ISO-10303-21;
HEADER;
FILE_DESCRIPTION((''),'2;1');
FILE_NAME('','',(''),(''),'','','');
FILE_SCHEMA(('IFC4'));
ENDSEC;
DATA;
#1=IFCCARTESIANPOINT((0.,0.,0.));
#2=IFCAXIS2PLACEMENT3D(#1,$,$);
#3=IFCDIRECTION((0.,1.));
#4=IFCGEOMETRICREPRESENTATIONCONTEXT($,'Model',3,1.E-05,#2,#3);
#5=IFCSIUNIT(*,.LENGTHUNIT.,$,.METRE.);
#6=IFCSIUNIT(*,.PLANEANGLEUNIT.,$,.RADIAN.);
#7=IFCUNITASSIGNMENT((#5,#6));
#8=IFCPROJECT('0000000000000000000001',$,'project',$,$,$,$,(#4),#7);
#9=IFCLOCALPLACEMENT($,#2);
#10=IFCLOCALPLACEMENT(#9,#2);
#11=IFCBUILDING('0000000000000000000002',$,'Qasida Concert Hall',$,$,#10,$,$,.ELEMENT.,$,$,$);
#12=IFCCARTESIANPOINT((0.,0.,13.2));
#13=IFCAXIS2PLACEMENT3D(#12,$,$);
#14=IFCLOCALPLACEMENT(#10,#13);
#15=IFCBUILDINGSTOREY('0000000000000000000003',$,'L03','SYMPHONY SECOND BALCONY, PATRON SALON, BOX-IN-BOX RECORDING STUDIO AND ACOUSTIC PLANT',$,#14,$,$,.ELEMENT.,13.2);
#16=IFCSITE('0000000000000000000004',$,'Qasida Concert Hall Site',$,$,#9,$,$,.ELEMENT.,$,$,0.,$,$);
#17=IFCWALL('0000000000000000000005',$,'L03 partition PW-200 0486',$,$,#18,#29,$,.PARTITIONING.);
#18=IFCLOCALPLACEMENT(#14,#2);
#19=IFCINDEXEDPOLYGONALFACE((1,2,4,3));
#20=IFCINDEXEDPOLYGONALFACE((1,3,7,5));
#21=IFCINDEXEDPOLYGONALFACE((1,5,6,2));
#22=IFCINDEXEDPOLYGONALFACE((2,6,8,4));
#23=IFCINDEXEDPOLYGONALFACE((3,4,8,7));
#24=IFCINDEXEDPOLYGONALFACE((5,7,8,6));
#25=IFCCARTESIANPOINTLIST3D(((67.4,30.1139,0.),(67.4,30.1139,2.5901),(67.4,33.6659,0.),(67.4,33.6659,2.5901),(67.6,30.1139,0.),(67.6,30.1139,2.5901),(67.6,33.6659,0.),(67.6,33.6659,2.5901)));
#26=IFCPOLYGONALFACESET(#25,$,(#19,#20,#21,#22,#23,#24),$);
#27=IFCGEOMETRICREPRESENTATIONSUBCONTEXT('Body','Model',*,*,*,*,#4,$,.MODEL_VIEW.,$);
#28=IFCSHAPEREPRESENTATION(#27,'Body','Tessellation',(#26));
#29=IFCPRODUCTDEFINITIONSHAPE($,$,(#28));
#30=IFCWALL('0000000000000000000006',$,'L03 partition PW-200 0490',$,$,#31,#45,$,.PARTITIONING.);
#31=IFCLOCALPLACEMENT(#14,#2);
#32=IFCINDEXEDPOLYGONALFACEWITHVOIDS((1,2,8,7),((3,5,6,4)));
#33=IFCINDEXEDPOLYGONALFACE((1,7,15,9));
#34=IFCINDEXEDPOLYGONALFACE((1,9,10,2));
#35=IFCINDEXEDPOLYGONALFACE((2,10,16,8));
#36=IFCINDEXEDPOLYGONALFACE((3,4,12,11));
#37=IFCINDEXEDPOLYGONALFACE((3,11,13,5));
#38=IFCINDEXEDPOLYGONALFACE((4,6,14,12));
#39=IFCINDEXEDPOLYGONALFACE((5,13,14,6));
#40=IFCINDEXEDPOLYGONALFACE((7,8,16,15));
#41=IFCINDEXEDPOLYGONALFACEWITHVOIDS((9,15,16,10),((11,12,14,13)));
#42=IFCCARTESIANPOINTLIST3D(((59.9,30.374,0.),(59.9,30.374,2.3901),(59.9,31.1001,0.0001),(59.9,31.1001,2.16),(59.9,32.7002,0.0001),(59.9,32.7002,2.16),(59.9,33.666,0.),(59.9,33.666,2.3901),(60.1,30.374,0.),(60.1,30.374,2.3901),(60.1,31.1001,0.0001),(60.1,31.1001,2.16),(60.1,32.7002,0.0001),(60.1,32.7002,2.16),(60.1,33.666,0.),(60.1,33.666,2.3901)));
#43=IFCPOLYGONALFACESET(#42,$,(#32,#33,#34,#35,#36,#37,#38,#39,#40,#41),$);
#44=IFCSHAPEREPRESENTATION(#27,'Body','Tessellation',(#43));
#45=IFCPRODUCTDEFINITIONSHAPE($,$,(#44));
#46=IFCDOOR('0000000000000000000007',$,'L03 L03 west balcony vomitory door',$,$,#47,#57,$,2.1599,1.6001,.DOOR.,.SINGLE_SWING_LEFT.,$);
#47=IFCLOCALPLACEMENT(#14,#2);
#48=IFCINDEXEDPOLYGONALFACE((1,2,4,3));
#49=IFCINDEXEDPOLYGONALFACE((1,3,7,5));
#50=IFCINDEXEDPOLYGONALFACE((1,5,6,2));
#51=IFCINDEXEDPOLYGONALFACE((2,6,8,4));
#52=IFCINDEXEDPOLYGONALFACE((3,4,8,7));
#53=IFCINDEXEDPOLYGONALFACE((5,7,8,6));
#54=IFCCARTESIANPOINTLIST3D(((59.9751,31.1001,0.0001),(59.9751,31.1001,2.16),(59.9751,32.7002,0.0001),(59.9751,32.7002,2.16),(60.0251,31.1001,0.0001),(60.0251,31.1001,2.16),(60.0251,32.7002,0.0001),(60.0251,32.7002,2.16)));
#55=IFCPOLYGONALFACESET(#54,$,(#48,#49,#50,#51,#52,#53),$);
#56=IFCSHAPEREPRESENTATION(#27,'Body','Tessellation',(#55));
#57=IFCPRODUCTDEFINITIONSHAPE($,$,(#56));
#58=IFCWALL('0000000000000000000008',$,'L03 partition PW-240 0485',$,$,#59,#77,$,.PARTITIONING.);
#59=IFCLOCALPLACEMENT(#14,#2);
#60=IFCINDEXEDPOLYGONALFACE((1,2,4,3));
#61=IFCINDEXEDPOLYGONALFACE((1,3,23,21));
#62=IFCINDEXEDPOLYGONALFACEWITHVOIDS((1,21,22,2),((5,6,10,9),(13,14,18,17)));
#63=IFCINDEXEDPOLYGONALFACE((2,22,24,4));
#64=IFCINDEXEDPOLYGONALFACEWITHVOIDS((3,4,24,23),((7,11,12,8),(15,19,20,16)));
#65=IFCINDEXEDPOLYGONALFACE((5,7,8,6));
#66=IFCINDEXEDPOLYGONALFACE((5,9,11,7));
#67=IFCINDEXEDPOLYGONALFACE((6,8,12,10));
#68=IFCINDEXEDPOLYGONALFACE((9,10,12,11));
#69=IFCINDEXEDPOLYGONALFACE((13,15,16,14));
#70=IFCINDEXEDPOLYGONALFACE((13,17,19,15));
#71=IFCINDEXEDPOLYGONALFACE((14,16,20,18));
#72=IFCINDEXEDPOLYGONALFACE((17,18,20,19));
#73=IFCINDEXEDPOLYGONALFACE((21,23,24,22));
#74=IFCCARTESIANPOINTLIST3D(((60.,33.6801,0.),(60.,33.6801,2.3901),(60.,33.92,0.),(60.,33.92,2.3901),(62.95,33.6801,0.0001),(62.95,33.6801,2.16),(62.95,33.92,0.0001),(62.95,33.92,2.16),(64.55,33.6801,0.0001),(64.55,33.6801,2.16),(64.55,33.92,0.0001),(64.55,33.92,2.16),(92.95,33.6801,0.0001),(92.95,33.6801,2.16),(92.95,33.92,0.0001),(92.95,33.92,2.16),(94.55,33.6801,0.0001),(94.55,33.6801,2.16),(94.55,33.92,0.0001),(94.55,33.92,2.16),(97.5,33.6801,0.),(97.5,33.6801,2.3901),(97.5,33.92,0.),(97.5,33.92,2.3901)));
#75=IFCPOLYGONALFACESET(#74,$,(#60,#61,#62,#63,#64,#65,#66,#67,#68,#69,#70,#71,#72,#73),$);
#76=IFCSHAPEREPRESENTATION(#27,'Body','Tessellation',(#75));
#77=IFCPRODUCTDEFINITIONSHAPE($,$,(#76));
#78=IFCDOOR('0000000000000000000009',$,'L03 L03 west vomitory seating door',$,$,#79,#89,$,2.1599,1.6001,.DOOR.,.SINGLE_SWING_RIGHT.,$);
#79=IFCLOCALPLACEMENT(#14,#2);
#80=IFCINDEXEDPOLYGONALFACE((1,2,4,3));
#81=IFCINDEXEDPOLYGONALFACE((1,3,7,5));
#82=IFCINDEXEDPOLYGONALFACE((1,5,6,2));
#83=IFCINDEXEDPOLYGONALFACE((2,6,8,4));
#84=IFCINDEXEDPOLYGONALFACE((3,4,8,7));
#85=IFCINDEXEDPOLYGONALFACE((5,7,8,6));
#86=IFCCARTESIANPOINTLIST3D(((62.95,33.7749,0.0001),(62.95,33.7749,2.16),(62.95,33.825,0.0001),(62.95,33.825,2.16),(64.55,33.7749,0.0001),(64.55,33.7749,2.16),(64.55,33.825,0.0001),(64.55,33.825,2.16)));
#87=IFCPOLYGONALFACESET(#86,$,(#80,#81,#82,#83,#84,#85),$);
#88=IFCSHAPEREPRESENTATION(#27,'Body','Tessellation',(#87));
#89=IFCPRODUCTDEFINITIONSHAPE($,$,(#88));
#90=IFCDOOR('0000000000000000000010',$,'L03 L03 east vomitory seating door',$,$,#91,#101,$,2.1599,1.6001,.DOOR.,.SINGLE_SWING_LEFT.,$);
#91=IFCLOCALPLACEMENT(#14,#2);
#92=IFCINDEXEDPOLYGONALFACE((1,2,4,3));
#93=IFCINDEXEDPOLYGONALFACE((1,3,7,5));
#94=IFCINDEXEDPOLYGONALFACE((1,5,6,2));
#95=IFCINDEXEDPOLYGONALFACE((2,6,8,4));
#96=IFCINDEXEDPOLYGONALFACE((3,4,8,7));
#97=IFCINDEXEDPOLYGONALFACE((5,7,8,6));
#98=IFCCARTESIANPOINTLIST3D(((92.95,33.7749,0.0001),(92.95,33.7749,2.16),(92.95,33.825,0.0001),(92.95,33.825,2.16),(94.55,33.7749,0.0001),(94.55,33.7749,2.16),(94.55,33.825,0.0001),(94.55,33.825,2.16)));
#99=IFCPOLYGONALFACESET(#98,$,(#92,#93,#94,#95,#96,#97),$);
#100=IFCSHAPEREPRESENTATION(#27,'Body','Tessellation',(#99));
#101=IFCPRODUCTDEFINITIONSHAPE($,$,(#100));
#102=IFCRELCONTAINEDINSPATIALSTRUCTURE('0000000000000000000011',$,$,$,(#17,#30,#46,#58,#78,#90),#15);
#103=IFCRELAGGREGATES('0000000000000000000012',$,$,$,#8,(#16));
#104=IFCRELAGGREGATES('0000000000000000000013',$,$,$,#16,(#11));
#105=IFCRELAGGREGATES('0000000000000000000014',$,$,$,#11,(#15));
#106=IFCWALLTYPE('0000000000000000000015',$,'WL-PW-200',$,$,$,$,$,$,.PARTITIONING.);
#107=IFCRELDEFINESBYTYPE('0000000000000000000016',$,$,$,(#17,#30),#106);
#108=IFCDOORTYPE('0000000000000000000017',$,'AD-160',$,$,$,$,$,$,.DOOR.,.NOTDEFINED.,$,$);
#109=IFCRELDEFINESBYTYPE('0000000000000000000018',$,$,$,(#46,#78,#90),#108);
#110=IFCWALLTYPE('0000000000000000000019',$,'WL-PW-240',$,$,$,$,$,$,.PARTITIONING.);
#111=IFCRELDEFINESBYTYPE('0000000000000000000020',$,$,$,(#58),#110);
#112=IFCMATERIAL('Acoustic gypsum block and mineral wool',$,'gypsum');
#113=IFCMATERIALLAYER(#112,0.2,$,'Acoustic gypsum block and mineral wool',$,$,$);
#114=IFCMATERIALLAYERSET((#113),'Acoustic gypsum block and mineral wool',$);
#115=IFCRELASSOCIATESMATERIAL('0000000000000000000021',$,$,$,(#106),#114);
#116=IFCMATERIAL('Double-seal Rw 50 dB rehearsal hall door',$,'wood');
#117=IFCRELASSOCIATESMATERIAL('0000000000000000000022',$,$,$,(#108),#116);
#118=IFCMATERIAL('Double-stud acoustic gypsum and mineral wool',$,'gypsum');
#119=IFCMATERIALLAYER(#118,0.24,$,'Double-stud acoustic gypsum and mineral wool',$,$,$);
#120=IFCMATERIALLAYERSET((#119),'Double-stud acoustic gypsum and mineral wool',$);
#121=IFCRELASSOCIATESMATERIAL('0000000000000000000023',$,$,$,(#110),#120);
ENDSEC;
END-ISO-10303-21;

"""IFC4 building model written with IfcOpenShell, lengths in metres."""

from ifc_helpers import new_model, si_unit, direction, frame, frame_2d, origin, place, context, subcontext, project, spatial, rectangle, extrude, material, layer, layer_set, type_object, element, fill, save


model = new_model("IFC4")

# Units and contexts
model_context = context("Model", 3, precision=1e-05, world=origin(), true_north=direction((0.0, 1.0)))
body_context = subcontext(model_context, "Body", "Model", "MODEL_VIEW")
ifc_project = project(units=[si_unit("LENGTHUNIT", "METRE"), si_unit("PLANEANGLEUNIT", "RADIAN")], contexts=[model_context])

# Site, building, storey
site_placement = place(None, origin())
site = spatial("IfcSite", under=ifc_project, at=site_placement, Name="Qasida Concert Hall Site", CompositionType="ELEMENT", RefElevation=0.0)
building_placement = place(site_placement, origin())
building = spatial("IfcBuilding", under=site, at=building_placement, Name="Qasida Concert Hall", CompositionType="ELEMENT")
storey_placement = place(building_placement, frame((0.0, 0.0, 13.2)))
storey = spatial("IfcBuildingStorey", under=building, at=storey_placement, Name="L03", Description="SYMPHONY SECOND BALCONY, PATRON SALON, BOX-IN-BOX RECORDING STUDIO AND ACOUSTIC PLANT", CompositionType="ELEMENT", Elevation=13.2)

# Shared definitions
ifc_material_1 = material(Name="Acoustic gypsum block and mineral wool", Category="gypsum")
ifc_layer_1 = layer(ifc_material_1, 0.2, Name="Acoustic gypsum block and mineral wool")
ifc_layer_set_1 = layer_set([ifc_layer_1], Name="Acoustic gypsum block and mineral wool")
wall_type_1 = type_object("IfcWallType", Name="WL-PW-200", PredefinedType="PARTITIONING", material=ifc_layer_set_1)

# Wall
wall_1_placement = place(storey_placement, frame((67.5, 30.114, 0.0), z_axis=(0.0, 0.0, 1.0), x_axis=(0.0, 1.0, 0.0)))
element("IfcWall", 1, at=wall_1_placement, inside=storey, type_object=wall_type_1, Name="L03 partition PW-200 0486", PredefinedType="PARTITIONING", context=body_context, shape_type="SweptSolid", body=[
    extrude(rectangle(XDim=3.552, YDim=0.2, at=frame_2d((1.7759, 0.0))), origin(), (0.0, 0.0, 1.0), 2.5901),
])

# Wall, opening, door
wall_2_placement = place(storey_placement, frame((60.0, 30.374, 0.0), z_axis=(0.0, 0.0, 1.0), x_axis=(0.0, 1.0, 0.0)))
wall_2 = element("IfcWall", 2, at=wall_2_placement, inside=storey, type_object=wall_type_1, Name="L03 partition PW-200 0490", PredefinedType="PARTITIONING", context=body_context, shape_type="SweptSolid", body=[
    extrude(rectangle(XDim=3.292, YDim=0.2, at=frame_2d((1.646, 0.0))), origin(), (0.0, 0.0, 1.0), 2.3901),
])
opening_1_placement = place(wall_2_placement, frame((0.7261, 0.0, 0.0)))
opening_1 = element("IfcOpeningElement", 3, at=opening_1_placement, cuts=wall_2, PredefinedType="OPENING", context=body_context, shape_type="SweptSolid", body=[
    extrude(rectangle(XDim=1.6001, YDim=2.1599, at=frame_2d((0.8, 1.0801))), frame((0.0, 0.1099, 0.0), z_axis=(0.0, -1.0, 0.0), x_axis=(1.0, 0.0, 0.0)), (0.0, 0.0, 1.0), 0.22),
])
ifc_material_2 = material(Name="Double-seal Rw 50 dB rehearsal hall door", Category="wood")
door_type_1 = type_object("IfcDoorType", Name="AD-160", OperationType="NOTDEFINED", PredefinedType="DOOR", material=ifc_material_2)
door_1_placement = place(opening_1_placement, origin())
door_1 = element("IfcDoor", 4, at=door_1_placement, inside=storey, type_object=door_type_1, Name="L03 L03 west balcony vomitory door", OperationType="SINGLE_SWING_LEFT", OverallHeight=2.1599, OverallWidth=1.6001, PredefinedType="DOOR", context=body_context, shape_type="SweptSolid", body=[
    extrude(rectangle(XDim=1.6001, YDim=2.1599, at=frame_2d((0.8, 1.0801))), frame((0.0, 0.0249, 0.0), z_axis=(0.0, -1.0, 0.0), x_axis=(1.0, 0.0, 0.0)), (0.0, 0.0, 1.0), 0.05),
])
fill(opening_1, door_1)

# Wall, openings, doors
ifc_material_3 = material(Name="Double-stud acoustic gypsum and mineral wool", Category="gypsum")
ifc_layer_2 = layer(ifc_material_3, 0.24, Name="Double-stud acoustic gypsum and mineral wool")
ifc_layer_set_2 = layer_set([ifc_layer_2], Name="Double-stud acoustic gypsum and mineral wool")
wall_type_2 = type_object("IfcWallType", Name="WL-PW-240", PredefinedType="PARTITIONING", material=ifc_layer_set_2)
wall_3_placement = place(storey_placement, frame((60.0, 33.8, 0.0), z_axis=(0.0, 0.0, 1.0), x_axis=(1.0, 0.0, 0.0)))
wall_3 = element("IfcWall", 5, at=wall_3_placement, inside=storey, type_object=wall_type_2, Name="L03 partition PW-240 0485", PredefinedType="PARTITIONING", context=body_context, shape_type="SweptSolid", body=[
    extrude(rectangle(XDim=37.5, YDim=0.24, at=frame_2d((18.75, 0.0))), origin(), (0.0, 0.0, 1.0), 2.3901),
])
opening_2_placement = place(wall_3_placement, frame((2.95, 0.0, 0.0)))
opening_2 = element("IfcOpeningElement", 6, at=opening_2_placement, cuts=wall_3, PredefinedType="OPENING", context=body_context, shape_type="SweptSolid", body=[
    extrude(rectangle(XDim=1.6001, YDim=2.1599, at=frame_2d((0.8, 1.0801))), frame((0.0, 0.1299, 0.0), z_axis=(0.0, -1.0, 0.0), x_axis=(1.0, 0.0, 0.0)), (0.0, 0.0, 1.0), 0.26),
])
opening_3_placement = place(wall_3_placement, frame((32.95, 0.0, 0.0)))
opening_3 = element("IfcOpeningElement", 7, at=opening_3_placement, cuts=wall_3, PredefinedType="OPENING", context=body_context, shape_type="SweptSolid", body=[
    extrude(rectangle(XDim=1.6001, YDim=2.1599, at=frame_2d((0.8, 1.0801))), frame((0.0, 0.1299, 0.0), z_axis=(0.0, -1.0, 0.0), x_axis=(1.0, 0.0, 0.0)), (0.0, 0.0, 1.0), 0.26),
])
door_2_placement = place(opening_2_placement, origin())
door_2 = element("IfcDoor", 8, at=door_2_placement, inside=storey, type_object=door_type_1, Name="L03 L03 west vomitory seating door", OperationType="SINGLE_SWING_RIGHT", OverallHeight=2.1599, OverallWidth=1.6001, PredefinedType="DOOR", context=body_context, shape_type="SweptSolid", body=[
    extrude(rectangle(XDim=1.6001, YDim=2.1599, at=frame_2d((0.8, 1.0801))), frame((0.0, 0.0249, 0.0), z_axis=(0.0, -1.0, 0.0), x_axis=(1.0, 0.0, 0.0)), (0.0, 0.0, 1.0), 0.05),
])
fill(opening_2, door_2)
door_3_placement = place(opening_3_placement, origin())
door_3 = element("IfcDoor", 9, at=door_3_placement, inside=storey, type_object=door_type_1, Name="L03 L03 east vomitory seating door", OperationType="SINGLE_SWING_LEFT", OverallHeight=2.1599, OverallWidth=1.6001, PredefinedType="DOOR", context=body_context, shape_type="SweptSolid", body=[
    extrude(rectangle(XDim=1.6001, YDim=2.1599, at=frame_2d((0.8, 1.0801))), frame((0.0, 0.0249, 0.0), z_axis=(0.0, -1.0, 0.0), x_axis=(1.0, 0.0, 0.0)), (0.0, 0.0, 1.0), 0.05),
])
fill(opening_3, door_3)

save(model, "model.ifc")
